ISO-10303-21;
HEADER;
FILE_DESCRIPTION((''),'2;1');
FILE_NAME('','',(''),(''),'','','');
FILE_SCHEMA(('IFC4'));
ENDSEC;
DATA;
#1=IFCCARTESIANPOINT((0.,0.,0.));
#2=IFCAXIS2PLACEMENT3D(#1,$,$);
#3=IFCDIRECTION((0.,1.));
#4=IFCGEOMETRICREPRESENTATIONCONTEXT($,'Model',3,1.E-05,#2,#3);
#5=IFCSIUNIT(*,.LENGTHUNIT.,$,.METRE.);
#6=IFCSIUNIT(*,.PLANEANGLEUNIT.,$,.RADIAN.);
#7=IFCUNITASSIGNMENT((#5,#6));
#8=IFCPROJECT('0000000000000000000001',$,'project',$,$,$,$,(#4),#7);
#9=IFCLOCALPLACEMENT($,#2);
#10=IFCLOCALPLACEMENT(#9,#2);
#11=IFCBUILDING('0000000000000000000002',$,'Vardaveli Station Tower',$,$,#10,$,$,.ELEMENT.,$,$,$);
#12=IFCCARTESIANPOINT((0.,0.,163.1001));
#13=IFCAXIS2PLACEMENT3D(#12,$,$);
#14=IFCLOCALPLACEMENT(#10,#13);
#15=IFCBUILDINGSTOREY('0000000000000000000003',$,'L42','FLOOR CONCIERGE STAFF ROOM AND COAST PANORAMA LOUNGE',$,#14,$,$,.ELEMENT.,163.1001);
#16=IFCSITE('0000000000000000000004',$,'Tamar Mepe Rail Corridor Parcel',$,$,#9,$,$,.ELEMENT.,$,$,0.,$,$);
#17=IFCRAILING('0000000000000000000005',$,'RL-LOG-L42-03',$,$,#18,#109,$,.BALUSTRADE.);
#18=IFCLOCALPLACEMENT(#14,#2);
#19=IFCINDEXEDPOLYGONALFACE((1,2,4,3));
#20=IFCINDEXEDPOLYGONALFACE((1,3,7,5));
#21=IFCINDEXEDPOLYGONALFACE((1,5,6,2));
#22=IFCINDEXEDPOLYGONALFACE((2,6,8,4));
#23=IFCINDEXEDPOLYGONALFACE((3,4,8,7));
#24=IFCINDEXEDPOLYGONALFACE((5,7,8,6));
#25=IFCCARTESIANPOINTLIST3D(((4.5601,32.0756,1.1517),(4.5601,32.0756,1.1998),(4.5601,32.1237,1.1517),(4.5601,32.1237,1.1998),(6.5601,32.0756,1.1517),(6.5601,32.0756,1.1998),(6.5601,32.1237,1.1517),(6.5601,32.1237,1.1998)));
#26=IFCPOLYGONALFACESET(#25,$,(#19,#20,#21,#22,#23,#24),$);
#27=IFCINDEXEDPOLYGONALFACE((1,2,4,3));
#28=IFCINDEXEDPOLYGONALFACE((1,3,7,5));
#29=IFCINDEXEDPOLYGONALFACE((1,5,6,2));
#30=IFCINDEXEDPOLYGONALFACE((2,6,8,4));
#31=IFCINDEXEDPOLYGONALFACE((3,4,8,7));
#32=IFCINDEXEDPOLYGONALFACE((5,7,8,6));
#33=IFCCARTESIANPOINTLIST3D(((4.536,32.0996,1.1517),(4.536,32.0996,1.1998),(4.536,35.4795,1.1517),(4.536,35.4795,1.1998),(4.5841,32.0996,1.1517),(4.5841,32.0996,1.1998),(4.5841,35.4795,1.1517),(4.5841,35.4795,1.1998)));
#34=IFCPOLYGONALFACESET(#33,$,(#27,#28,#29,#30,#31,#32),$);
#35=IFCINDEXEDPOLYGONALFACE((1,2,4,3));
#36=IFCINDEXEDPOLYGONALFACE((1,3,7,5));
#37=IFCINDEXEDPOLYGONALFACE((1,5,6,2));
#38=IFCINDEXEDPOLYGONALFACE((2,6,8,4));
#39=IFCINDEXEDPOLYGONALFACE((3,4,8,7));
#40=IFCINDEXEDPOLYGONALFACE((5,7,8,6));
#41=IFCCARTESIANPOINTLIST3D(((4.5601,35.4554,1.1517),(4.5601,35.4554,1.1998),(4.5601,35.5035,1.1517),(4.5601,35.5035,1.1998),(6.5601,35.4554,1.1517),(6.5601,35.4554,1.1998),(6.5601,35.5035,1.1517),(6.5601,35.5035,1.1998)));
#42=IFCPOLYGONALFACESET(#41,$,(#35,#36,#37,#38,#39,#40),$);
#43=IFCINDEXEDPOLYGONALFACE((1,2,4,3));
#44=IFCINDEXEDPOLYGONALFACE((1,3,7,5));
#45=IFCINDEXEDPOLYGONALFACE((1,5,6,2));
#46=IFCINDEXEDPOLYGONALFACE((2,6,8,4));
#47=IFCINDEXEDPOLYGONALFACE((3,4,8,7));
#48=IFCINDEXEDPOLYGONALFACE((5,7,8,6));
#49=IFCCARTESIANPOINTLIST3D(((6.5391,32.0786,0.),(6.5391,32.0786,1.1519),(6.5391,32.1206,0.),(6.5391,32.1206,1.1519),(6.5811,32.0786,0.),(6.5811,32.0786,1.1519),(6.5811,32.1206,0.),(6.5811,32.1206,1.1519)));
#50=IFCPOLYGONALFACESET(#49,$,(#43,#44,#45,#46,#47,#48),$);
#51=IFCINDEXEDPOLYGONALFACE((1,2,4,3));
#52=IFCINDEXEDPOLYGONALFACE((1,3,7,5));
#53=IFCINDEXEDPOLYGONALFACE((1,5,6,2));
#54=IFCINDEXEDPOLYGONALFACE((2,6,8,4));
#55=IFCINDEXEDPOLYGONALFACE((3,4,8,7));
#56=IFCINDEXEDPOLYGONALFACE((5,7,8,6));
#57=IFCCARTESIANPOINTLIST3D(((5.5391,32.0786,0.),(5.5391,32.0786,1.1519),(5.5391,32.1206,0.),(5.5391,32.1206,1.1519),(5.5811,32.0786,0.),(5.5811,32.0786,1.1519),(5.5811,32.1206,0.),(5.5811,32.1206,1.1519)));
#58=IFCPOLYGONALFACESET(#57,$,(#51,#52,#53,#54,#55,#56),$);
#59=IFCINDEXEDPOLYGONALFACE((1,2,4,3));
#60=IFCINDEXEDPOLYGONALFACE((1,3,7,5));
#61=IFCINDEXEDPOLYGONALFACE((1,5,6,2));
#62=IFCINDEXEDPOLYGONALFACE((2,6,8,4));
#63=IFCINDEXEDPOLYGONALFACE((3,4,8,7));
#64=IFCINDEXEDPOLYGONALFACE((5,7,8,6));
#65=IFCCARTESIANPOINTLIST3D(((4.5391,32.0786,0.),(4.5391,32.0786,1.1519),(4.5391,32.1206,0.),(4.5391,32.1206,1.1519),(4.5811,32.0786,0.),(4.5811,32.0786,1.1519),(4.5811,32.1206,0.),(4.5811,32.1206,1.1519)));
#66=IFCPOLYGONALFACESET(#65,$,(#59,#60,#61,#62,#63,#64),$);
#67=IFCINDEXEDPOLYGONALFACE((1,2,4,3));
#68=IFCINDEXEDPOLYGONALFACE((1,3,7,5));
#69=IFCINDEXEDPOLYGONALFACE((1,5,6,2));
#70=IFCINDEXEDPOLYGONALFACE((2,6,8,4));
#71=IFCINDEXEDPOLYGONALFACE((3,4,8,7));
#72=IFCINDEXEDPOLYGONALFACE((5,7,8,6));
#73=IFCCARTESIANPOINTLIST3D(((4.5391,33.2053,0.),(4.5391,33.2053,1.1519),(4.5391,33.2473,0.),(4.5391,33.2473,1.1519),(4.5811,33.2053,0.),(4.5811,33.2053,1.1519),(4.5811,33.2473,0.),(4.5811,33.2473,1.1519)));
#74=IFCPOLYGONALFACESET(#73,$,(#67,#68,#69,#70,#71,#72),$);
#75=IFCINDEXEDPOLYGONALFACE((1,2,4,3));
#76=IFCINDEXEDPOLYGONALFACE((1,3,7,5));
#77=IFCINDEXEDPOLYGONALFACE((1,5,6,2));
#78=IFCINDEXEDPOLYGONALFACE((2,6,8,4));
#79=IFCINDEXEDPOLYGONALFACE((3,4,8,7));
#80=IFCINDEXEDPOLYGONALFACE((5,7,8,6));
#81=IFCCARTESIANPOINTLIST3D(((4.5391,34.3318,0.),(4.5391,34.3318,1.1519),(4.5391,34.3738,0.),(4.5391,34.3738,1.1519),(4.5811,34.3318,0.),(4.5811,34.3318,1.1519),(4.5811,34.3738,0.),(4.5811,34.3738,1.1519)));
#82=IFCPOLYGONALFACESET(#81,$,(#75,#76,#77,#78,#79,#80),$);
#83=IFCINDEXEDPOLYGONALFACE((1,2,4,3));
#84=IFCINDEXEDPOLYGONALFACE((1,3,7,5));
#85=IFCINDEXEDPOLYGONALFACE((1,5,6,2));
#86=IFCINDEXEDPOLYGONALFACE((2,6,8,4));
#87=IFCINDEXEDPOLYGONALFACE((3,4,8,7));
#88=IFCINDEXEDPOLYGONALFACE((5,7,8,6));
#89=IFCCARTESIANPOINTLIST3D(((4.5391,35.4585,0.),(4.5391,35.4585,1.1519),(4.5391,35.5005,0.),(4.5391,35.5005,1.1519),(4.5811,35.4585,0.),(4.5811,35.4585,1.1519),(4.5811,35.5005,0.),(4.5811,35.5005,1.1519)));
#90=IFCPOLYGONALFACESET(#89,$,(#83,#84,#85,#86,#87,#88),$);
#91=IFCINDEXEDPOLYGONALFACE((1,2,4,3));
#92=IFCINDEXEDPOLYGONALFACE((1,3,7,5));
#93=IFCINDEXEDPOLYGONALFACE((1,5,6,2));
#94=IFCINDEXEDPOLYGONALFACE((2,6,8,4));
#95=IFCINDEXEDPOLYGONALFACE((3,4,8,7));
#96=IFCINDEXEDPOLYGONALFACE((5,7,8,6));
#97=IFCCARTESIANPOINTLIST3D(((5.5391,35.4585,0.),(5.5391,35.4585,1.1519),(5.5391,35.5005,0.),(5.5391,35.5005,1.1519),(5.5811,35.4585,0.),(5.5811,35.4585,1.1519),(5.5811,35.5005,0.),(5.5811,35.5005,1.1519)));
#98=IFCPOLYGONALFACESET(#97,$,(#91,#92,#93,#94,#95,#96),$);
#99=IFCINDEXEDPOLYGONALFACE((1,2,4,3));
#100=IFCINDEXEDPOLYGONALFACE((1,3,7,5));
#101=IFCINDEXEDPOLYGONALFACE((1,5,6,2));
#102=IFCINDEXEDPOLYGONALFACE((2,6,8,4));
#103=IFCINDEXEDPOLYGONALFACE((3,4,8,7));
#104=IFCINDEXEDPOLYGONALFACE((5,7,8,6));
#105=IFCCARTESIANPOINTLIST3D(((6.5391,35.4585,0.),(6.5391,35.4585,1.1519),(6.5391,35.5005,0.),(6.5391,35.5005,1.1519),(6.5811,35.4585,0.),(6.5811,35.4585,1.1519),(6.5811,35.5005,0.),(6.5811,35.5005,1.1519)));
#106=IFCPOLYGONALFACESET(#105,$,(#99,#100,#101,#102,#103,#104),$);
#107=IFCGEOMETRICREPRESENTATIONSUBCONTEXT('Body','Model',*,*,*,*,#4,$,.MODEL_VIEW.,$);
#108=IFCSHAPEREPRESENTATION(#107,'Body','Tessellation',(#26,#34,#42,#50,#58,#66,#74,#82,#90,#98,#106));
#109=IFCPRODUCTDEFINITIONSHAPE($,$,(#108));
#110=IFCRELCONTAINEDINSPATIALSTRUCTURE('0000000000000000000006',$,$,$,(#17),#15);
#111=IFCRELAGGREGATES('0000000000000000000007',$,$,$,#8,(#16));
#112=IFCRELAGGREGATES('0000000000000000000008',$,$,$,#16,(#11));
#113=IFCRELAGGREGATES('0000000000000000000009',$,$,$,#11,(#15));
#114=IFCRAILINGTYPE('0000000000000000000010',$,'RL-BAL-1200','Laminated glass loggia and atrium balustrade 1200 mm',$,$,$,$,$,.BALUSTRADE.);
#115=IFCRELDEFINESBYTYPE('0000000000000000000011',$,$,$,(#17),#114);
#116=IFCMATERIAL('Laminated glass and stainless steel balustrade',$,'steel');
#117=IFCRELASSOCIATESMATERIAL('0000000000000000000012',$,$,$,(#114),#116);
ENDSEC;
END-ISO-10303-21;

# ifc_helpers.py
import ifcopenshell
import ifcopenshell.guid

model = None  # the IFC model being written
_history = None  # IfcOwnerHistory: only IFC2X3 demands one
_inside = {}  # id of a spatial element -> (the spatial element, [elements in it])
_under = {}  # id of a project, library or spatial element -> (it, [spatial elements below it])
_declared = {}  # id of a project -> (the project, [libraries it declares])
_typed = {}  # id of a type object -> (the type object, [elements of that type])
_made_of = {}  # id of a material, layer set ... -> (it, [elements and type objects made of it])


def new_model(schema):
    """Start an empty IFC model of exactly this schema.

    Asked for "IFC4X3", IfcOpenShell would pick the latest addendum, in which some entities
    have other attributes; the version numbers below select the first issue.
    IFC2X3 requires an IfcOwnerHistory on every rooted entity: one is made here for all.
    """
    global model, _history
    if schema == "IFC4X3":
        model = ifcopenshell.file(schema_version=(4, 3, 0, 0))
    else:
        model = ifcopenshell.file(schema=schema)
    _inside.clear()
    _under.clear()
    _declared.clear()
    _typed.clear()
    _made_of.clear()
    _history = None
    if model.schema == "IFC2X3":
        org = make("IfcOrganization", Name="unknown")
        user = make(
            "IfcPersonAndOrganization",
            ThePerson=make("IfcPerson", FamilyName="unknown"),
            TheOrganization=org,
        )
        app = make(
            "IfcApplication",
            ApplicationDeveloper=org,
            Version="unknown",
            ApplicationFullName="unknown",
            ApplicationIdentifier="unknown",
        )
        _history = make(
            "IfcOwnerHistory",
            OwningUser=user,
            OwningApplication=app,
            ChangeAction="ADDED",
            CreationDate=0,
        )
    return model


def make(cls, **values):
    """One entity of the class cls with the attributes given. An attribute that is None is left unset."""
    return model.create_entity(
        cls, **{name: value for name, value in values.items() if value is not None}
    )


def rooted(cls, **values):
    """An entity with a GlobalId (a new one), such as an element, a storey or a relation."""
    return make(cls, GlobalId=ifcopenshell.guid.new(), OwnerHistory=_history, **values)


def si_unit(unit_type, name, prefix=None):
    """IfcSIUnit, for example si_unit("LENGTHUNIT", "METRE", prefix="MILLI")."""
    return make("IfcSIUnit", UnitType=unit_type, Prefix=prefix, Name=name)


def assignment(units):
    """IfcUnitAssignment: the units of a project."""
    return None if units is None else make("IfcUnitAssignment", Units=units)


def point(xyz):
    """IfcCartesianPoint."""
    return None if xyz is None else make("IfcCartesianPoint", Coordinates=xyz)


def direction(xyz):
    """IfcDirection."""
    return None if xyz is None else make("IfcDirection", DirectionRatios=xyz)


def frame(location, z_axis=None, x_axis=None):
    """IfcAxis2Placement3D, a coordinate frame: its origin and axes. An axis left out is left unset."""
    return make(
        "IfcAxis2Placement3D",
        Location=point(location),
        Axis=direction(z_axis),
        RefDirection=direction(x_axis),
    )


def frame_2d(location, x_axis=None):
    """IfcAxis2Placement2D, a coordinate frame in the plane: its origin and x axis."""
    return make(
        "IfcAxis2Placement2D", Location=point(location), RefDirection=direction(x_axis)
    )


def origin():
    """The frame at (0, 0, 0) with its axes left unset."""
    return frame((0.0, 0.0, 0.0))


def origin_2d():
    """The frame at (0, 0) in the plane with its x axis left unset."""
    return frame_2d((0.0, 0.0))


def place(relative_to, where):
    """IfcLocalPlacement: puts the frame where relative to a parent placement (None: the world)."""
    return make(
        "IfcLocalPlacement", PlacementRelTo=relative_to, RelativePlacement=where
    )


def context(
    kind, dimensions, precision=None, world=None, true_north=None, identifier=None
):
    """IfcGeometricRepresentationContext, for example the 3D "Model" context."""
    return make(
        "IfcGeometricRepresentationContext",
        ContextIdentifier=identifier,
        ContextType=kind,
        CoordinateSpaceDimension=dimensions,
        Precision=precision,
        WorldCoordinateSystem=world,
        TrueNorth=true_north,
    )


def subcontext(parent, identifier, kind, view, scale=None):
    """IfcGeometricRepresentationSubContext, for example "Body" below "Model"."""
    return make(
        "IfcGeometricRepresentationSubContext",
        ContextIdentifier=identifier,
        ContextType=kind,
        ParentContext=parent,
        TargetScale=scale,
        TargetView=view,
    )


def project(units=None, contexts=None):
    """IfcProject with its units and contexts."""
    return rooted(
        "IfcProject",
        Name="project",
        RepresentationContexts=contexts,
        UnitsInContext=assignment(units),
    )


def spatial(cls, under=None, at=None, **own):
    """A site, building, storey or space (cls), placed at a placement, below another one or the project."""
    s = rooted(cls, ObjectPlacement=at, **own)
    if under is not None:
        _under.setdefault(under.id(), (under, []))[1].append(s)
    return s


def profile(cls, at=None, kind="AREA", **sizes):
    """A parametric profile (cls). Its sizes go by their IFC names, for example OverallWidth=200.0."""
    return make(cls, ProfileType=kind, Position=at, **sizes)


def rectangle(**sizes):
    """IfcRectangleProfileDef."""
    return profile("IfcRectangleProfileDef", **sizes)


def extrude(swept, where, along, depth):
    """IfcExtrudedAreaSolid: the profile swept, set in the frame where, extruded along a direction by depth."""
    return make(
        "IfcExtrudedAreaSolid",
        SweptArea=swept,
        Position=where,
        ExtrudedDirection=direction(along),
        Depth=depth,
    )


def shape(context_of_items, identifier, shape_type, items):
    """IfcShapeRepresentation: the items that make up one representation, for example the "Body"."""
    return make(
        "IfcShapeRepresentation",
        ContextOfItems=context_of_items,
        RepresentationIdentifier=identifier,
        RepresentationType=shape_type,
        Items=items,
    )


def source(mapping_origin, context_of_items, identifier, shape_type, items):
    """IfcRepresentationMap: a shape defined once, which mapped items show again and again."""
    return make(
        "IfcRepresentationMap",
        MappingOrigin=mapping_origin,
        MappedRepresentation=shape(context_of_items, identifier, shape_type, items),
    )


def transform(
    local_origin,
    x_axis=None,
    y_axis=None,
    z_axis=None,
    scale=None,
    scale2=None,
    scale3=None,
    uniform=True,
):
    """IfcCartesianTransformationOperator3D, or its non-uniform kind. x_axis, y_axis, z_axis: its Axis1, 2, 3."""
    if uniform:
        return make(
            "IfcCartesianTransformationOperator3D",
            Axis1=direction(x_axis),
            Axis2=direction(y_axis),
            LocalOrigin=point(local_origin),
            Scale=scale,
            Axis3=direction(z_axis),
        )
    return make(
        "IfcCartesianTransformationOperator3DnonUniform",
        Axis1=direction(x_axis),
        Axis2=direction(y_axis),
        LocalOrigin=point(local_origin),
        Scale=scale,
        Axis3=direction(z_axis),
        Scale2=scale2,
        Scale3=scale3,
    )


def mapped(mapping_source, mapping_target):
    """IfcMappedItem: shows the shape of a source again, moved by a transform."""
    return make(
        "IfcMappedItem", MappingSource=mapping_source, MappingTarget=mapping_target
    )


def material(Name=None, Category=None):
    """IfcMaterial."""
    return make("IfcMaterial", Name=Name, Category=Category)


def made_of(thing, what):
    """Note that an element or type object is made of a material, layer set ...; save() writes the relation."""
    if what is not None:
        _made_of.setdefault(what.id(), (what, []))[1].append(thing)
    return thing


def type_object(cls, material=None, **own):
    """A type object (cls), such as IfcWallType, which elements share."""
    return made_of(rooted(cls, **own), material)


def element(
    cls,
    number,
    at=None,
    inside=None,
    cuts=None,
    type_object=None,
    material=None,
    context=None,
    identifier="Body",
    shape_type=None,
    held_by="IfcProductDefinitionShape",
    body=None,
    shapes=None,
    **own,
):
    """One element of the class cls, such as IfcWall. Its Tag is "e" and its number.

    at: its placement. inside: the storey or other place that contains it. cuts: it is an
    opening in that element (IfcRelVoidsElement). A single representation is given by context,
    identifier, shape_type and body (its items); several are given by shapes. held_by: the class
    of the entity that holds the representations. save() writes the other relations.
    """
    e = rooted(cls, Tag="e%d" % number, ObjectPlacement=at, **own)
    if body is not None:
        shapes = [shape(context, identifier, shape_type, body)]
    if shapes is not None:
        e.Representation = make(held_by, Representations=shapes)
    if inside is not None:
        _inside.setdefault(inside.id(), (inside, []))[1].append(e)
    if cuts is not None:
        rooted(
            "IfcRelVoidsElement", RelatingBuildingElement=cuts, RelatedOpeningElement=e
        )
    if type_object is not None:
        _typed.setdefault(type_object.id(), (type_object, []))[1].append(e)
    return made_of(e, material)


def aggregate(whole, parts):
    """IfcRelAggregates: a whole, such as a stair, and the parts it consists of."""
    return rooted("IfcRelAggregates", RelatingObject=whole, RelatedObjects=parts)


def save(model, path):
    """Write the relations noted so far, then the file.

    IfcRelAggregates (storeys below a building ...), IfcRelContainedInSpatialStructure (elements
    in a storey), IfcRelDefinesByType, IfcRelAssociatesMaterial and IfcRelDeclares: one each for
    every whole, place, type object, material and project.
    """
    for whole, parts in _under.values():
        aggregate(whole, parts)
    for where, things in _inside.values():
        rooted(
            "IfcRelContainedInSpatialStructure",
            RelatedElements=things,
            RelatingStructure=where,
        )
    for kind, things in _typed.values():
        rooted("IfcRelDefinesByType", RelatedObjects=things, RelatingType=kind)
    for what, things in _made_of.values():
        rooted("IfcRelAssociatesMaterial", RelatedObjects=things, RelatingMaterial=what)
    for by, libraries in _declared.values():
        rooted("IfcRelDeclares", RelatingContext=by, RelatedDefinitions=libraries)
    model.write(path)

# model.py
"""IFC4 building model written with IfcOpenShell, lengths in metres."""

from ifc_helpers import new_model, si_unit, direction, frame, origin, origin_2d, place, context, subcontext, project, spatial, rectangle, extrude, source, transform, mapped, material, type_object, element, save


model = new_model("IFC4")

# Units and contexts
model_context = context("Model", 3, precision=1e-05, world=origin(), true_north=direction((0.0, 1.0)))
body_context = subcontext(model_context, "Body", "Model", "MODEL_VIEW")
ifc_project = project(units=[si_unit("LENGTHUNIT", "METRE"), si_unit("PLANEANGLEUNIT", "RADIAN")], contexts=[model_context])

# Site, building, storey
site_placement = place(None, origin())
site = spatial("IfcSite", under=ifc_project, at=site_placement, Name="Tamar Mepe Rail Corridor Parcel", CompositionType="ELEMENT", RefElevation=0.0)
building_placement = place(site_placement, origin())
building = spatial("IfcBuilding", under=site, at=building_placement, Name="Vardaveli Station Tower", CompositionType="ELEMENT")
storey_placement = place(building_placement, frame((0.0, 0.0, 163.1001)))
storey = spatial("IfcBuildingStorey", under=building, at=storey_placement, Name="L42", Description="FLOOR CONCIERGE STAFF ROOM AND COAST PANORAMA LOUNGE", CompositionType="ELEMENT", Elevation=163.1001)

# Railing
ifc_material_1 = material(Name="Laminated glass and stainless steel balustrade", Category="steel")
railing_type = type_object("IfcRailingType", Name="RL-BAL-1200", Description="Laminated glass loggia and atrium balustrade 1200 mm", PredefinedType="BALUSTRADE", material=ifc_material_1)
shared_shape_1 = source(origin(), body_context, "Body", "SweptSolid", [
    extrude(rectangle(XDim=0.0481, YDim=0.0481, at=origin_2d()), frame((0.0, 0.0, 1.1758), z_axis=(-1.0, 0.0, 0.0), x_axis=(0.0, -1.0, 0.0)), (0.0, 0.0, 1.0), 2.0),
    extrude(rectangle(XDim=0.0481, YDim=0.0481, at=origin_2d()), frame((-2.0, 0.0, 1.1758), z_axis=(0.0, 1.0, 0.0), x_axis=(-1.0, 0.0, 0.0)), (0.0, 0.0, 1.0), 3.3799),
    extrude(rectangle(XDim=0.0481, YDim=0.0481, at=origin_2d()), frame((-2.0, 3.3799, 1.1758), z_axis=(1.0, 0.0, 0.0), x_axis=(0.0, 1.0, 0.0)), (0.0, 0.0, 1.0), 2.0),
    extrude(rectangle(XDim=0.042, YDim=0.042, at=origin_2d()), origin(), (0.0, 0.0, 1.0), 1.1519),
    extrude(rectangle(XDim=0.042, YDim=0.042, at=origin_2d()), frame((-1.0, 0.0, 0.0)), (0.0, 0.0, 1.0), 1.1519),
    extrude(rectangle(XDim=0.042, YDim=0.042, at=origin_2d()), frame((-2.0, 0.0, 0.0)), (0.0, 0.0, 1.0), 1.1519),
    extrude(rectangle(XDim=0.042, YDim=0.042, at=origin_2d()), frame((-2.0, 1.1267, 0.0)), (0.0, 0.0, 1.0), 1.1519),
    extrude(rectangle(XDim=0.042, YDim=0.042, at=origin_2d()), frame((-2.0, 2.2532, 0.0)), (0.0, 0.0, 1.0), 1.1519),
    extrude(rectangle(XDim=0.042, YDim=0.042, at=origin_2d()), frame((-2.0, 3.3799, 0.0)), (0.0, 0.0, 1.0), 1.1519),
    extrude(rectangle(XDim=0.042, YDim=0.042, at=origin_2d()), frame((-1.0, 3.3799, 0.0)), (0.0, 0.0, 1.0), 1.1519),
    extrude(rectangle(XDim=0.042, YDim=0.042, at=origin_2d()), frame((0.0, 3.3799, 0.0)), (0.0, 0.0, 1.0), 1.1519),
])
railing_placement = place(storey_placement, frame((6.5601, 32.0996, 0.0)))
element("IfcRailing", 1, at=railing_placement, inside=storey, type_object=railing_type, Name="RL-LOG-L42-03", PredefinedType="BALUSTRADE", context=body_context, shape_type="MappedRepresentation", body=[
    mapped(shared_shape_1, transform((0.0, 0.0, 0.0), scale=1.0)),
])

save(model, "model.ifc")
